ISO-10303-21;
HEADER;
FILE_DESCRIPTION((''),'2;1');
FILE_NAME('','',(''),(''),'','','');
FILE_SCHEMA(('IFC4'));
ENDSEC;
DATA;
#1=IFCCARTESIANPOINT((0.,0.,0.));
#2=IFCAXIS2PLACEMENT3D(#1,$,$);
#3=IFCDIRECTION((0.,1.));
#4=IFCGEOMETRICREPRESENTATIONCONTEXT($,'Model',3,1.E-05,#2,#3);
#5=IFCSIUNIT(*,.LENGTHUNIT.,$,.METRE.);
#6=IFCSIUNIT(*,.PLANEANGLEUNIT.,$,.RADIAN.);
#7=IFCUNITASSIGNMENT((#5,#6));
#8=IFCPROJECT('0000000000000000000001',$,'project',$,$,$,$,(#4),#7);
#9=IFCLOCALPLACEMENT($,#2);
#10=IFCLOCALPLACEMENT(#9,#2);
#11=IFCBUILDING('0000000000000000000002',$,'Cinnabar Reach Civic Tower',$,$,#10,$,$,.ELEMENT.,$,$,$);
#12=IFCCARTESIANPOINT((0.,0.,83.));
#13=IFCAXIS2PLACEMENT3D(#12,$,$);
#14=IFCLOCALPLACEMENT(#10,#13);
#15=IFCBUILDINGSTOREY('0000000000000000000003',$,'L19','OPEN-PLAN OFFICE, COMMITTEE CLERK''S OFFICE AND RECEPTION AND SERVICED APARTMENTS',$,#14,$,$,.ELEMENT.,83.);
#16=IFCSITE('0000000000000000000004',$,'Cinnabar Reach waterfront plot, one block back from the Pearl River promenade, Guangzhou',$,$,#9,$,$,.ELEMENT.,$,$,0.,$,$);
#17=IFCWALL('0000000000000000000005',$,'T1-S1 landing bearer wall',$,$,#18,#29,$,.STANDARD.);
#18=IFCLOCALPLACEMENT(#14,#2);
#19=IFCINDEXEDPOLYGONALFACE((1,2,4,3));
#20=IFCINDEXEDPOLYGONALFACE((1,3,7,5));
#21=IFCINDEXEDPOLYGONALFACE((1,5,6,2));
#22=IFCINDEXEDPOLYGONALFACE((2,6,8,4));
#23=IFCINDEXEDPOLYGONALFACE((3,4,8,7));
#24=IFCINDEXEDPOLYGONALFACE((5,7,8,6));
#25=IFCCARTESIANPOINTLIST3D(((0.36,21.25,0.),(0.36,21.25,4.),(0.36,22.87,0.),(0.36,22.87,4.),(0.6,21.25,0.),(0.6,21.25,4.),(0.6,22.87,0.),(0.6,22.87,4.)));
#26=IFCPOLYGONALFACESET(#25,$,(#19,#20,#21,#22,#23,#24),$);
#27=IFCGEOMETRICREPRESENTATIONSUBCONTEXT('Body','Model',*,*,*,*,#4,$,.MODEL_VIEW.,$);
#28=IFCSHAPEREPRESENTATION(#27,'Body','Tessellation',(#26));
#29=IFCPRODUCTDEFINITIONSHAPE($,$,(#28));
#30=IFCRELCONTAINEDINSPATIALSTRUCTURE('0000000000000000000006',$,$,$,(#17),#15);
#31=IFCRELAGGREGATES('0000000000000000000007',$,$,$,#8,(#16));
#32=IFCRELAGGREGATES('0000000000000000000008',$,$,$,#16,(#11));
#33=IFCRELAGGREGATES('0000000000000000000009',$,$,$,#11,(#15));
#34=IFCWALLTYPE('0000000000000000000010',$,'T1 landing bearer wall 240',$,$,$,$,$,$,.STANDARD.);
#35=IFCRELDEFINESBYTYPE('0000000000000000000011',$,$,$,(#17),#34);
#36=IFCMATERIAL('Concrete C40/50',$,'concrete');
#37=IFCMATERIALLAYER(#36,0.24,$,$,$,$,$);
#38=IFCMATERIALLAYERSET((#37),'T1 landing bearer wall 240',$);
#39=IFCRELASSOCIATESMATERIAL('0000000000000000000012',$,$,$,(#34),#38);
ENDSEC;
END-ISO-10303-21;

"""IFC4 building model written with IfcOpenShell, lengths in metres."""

from ifc_helpers import new_model, si_unit, direction, frame, frame_2d, origin, place, context, subcontext, project, spatial, rectangle, extrude, material, layer, layer_set, type_object, element, save


model = new_model("IFC4")

# Units and contexts
model_context = context("Model", 3, precision=1e-05, world=origin(), true_north=direction((0.0, 1.0)))
body_context = subcontext(model_context, "Body", "Model", "MODEL_VIEW")
ifc_project = project(units=[si_unit("LENGTHUNIT", "METRE"), si_unit("PLANEANGLEUNIT", "RADIAN")], contexts=[model_context])

# Site, building, storey
site_placement = place(None, origin())
site = spatial("IfcSite", under=ifc_project, at=site_placement, Name="Cinnabar Reach waterfront plot, one block back from the Pearl River promenade, Guangzhou", CompositionType="ELEMENT", RefElevation=0.0)
building_placement = place(site_placement, origin())
building = spatial("IfcBuilding", under=site, at=building_placement, Name="Cinnabar Reach Civic Tower", CompositionType="ELEMENT")
storey_placement = place(building_placement, frame((0.0, 0.0, 83.0)))
storey = spatial("IfcBuildingStorey", under=building, at=storey_placement, Name="L19", Description="OPEN-PLAN OFFICE, COMMITTEE CLERK'S OFFICE AND RECEPTION AND SERVICED APARTMENTS", CompositionType="ELEMENT", Elevation=83.0)

# Wall
ifc_material_1 = material(Name="Concrete C40/50", Category="concrete")
ifc_layer_1 = layer(ifc_material_1, 0.24)
ifc_layer_set_1 = layer_set([ifc_layer_1], Name="T1 landing bearer wall 240")
wall_type_1 = type_object("IfcWallType", Name="T1 landing bearer wall 240", PredefinedType="STANDARD", material=ifc_layer_set_1)
wall_1_placement = place(storey_placement, frame((0.48, 21.25, 0.0), z_axis=(0.0, 0.0, 1.0), x_axis=(0.0, 1.0, 0.0)))
element("IfcWall", 1, at=wall_1_placement, inside=storey, type_object=wall_type_1, Name="T1-S1 landing bearer wall", PredefinedType="STANDARD", context=body_context, shape_type="SweptSolid", body=[
    extrude(rectangle(XDim=1.62, YDim=0.24, at=frame_2d((0.81, 0.0))), origin(), (0.0, 0.0, 1.0), 4.0),
])

save(model, "model.ifc")
